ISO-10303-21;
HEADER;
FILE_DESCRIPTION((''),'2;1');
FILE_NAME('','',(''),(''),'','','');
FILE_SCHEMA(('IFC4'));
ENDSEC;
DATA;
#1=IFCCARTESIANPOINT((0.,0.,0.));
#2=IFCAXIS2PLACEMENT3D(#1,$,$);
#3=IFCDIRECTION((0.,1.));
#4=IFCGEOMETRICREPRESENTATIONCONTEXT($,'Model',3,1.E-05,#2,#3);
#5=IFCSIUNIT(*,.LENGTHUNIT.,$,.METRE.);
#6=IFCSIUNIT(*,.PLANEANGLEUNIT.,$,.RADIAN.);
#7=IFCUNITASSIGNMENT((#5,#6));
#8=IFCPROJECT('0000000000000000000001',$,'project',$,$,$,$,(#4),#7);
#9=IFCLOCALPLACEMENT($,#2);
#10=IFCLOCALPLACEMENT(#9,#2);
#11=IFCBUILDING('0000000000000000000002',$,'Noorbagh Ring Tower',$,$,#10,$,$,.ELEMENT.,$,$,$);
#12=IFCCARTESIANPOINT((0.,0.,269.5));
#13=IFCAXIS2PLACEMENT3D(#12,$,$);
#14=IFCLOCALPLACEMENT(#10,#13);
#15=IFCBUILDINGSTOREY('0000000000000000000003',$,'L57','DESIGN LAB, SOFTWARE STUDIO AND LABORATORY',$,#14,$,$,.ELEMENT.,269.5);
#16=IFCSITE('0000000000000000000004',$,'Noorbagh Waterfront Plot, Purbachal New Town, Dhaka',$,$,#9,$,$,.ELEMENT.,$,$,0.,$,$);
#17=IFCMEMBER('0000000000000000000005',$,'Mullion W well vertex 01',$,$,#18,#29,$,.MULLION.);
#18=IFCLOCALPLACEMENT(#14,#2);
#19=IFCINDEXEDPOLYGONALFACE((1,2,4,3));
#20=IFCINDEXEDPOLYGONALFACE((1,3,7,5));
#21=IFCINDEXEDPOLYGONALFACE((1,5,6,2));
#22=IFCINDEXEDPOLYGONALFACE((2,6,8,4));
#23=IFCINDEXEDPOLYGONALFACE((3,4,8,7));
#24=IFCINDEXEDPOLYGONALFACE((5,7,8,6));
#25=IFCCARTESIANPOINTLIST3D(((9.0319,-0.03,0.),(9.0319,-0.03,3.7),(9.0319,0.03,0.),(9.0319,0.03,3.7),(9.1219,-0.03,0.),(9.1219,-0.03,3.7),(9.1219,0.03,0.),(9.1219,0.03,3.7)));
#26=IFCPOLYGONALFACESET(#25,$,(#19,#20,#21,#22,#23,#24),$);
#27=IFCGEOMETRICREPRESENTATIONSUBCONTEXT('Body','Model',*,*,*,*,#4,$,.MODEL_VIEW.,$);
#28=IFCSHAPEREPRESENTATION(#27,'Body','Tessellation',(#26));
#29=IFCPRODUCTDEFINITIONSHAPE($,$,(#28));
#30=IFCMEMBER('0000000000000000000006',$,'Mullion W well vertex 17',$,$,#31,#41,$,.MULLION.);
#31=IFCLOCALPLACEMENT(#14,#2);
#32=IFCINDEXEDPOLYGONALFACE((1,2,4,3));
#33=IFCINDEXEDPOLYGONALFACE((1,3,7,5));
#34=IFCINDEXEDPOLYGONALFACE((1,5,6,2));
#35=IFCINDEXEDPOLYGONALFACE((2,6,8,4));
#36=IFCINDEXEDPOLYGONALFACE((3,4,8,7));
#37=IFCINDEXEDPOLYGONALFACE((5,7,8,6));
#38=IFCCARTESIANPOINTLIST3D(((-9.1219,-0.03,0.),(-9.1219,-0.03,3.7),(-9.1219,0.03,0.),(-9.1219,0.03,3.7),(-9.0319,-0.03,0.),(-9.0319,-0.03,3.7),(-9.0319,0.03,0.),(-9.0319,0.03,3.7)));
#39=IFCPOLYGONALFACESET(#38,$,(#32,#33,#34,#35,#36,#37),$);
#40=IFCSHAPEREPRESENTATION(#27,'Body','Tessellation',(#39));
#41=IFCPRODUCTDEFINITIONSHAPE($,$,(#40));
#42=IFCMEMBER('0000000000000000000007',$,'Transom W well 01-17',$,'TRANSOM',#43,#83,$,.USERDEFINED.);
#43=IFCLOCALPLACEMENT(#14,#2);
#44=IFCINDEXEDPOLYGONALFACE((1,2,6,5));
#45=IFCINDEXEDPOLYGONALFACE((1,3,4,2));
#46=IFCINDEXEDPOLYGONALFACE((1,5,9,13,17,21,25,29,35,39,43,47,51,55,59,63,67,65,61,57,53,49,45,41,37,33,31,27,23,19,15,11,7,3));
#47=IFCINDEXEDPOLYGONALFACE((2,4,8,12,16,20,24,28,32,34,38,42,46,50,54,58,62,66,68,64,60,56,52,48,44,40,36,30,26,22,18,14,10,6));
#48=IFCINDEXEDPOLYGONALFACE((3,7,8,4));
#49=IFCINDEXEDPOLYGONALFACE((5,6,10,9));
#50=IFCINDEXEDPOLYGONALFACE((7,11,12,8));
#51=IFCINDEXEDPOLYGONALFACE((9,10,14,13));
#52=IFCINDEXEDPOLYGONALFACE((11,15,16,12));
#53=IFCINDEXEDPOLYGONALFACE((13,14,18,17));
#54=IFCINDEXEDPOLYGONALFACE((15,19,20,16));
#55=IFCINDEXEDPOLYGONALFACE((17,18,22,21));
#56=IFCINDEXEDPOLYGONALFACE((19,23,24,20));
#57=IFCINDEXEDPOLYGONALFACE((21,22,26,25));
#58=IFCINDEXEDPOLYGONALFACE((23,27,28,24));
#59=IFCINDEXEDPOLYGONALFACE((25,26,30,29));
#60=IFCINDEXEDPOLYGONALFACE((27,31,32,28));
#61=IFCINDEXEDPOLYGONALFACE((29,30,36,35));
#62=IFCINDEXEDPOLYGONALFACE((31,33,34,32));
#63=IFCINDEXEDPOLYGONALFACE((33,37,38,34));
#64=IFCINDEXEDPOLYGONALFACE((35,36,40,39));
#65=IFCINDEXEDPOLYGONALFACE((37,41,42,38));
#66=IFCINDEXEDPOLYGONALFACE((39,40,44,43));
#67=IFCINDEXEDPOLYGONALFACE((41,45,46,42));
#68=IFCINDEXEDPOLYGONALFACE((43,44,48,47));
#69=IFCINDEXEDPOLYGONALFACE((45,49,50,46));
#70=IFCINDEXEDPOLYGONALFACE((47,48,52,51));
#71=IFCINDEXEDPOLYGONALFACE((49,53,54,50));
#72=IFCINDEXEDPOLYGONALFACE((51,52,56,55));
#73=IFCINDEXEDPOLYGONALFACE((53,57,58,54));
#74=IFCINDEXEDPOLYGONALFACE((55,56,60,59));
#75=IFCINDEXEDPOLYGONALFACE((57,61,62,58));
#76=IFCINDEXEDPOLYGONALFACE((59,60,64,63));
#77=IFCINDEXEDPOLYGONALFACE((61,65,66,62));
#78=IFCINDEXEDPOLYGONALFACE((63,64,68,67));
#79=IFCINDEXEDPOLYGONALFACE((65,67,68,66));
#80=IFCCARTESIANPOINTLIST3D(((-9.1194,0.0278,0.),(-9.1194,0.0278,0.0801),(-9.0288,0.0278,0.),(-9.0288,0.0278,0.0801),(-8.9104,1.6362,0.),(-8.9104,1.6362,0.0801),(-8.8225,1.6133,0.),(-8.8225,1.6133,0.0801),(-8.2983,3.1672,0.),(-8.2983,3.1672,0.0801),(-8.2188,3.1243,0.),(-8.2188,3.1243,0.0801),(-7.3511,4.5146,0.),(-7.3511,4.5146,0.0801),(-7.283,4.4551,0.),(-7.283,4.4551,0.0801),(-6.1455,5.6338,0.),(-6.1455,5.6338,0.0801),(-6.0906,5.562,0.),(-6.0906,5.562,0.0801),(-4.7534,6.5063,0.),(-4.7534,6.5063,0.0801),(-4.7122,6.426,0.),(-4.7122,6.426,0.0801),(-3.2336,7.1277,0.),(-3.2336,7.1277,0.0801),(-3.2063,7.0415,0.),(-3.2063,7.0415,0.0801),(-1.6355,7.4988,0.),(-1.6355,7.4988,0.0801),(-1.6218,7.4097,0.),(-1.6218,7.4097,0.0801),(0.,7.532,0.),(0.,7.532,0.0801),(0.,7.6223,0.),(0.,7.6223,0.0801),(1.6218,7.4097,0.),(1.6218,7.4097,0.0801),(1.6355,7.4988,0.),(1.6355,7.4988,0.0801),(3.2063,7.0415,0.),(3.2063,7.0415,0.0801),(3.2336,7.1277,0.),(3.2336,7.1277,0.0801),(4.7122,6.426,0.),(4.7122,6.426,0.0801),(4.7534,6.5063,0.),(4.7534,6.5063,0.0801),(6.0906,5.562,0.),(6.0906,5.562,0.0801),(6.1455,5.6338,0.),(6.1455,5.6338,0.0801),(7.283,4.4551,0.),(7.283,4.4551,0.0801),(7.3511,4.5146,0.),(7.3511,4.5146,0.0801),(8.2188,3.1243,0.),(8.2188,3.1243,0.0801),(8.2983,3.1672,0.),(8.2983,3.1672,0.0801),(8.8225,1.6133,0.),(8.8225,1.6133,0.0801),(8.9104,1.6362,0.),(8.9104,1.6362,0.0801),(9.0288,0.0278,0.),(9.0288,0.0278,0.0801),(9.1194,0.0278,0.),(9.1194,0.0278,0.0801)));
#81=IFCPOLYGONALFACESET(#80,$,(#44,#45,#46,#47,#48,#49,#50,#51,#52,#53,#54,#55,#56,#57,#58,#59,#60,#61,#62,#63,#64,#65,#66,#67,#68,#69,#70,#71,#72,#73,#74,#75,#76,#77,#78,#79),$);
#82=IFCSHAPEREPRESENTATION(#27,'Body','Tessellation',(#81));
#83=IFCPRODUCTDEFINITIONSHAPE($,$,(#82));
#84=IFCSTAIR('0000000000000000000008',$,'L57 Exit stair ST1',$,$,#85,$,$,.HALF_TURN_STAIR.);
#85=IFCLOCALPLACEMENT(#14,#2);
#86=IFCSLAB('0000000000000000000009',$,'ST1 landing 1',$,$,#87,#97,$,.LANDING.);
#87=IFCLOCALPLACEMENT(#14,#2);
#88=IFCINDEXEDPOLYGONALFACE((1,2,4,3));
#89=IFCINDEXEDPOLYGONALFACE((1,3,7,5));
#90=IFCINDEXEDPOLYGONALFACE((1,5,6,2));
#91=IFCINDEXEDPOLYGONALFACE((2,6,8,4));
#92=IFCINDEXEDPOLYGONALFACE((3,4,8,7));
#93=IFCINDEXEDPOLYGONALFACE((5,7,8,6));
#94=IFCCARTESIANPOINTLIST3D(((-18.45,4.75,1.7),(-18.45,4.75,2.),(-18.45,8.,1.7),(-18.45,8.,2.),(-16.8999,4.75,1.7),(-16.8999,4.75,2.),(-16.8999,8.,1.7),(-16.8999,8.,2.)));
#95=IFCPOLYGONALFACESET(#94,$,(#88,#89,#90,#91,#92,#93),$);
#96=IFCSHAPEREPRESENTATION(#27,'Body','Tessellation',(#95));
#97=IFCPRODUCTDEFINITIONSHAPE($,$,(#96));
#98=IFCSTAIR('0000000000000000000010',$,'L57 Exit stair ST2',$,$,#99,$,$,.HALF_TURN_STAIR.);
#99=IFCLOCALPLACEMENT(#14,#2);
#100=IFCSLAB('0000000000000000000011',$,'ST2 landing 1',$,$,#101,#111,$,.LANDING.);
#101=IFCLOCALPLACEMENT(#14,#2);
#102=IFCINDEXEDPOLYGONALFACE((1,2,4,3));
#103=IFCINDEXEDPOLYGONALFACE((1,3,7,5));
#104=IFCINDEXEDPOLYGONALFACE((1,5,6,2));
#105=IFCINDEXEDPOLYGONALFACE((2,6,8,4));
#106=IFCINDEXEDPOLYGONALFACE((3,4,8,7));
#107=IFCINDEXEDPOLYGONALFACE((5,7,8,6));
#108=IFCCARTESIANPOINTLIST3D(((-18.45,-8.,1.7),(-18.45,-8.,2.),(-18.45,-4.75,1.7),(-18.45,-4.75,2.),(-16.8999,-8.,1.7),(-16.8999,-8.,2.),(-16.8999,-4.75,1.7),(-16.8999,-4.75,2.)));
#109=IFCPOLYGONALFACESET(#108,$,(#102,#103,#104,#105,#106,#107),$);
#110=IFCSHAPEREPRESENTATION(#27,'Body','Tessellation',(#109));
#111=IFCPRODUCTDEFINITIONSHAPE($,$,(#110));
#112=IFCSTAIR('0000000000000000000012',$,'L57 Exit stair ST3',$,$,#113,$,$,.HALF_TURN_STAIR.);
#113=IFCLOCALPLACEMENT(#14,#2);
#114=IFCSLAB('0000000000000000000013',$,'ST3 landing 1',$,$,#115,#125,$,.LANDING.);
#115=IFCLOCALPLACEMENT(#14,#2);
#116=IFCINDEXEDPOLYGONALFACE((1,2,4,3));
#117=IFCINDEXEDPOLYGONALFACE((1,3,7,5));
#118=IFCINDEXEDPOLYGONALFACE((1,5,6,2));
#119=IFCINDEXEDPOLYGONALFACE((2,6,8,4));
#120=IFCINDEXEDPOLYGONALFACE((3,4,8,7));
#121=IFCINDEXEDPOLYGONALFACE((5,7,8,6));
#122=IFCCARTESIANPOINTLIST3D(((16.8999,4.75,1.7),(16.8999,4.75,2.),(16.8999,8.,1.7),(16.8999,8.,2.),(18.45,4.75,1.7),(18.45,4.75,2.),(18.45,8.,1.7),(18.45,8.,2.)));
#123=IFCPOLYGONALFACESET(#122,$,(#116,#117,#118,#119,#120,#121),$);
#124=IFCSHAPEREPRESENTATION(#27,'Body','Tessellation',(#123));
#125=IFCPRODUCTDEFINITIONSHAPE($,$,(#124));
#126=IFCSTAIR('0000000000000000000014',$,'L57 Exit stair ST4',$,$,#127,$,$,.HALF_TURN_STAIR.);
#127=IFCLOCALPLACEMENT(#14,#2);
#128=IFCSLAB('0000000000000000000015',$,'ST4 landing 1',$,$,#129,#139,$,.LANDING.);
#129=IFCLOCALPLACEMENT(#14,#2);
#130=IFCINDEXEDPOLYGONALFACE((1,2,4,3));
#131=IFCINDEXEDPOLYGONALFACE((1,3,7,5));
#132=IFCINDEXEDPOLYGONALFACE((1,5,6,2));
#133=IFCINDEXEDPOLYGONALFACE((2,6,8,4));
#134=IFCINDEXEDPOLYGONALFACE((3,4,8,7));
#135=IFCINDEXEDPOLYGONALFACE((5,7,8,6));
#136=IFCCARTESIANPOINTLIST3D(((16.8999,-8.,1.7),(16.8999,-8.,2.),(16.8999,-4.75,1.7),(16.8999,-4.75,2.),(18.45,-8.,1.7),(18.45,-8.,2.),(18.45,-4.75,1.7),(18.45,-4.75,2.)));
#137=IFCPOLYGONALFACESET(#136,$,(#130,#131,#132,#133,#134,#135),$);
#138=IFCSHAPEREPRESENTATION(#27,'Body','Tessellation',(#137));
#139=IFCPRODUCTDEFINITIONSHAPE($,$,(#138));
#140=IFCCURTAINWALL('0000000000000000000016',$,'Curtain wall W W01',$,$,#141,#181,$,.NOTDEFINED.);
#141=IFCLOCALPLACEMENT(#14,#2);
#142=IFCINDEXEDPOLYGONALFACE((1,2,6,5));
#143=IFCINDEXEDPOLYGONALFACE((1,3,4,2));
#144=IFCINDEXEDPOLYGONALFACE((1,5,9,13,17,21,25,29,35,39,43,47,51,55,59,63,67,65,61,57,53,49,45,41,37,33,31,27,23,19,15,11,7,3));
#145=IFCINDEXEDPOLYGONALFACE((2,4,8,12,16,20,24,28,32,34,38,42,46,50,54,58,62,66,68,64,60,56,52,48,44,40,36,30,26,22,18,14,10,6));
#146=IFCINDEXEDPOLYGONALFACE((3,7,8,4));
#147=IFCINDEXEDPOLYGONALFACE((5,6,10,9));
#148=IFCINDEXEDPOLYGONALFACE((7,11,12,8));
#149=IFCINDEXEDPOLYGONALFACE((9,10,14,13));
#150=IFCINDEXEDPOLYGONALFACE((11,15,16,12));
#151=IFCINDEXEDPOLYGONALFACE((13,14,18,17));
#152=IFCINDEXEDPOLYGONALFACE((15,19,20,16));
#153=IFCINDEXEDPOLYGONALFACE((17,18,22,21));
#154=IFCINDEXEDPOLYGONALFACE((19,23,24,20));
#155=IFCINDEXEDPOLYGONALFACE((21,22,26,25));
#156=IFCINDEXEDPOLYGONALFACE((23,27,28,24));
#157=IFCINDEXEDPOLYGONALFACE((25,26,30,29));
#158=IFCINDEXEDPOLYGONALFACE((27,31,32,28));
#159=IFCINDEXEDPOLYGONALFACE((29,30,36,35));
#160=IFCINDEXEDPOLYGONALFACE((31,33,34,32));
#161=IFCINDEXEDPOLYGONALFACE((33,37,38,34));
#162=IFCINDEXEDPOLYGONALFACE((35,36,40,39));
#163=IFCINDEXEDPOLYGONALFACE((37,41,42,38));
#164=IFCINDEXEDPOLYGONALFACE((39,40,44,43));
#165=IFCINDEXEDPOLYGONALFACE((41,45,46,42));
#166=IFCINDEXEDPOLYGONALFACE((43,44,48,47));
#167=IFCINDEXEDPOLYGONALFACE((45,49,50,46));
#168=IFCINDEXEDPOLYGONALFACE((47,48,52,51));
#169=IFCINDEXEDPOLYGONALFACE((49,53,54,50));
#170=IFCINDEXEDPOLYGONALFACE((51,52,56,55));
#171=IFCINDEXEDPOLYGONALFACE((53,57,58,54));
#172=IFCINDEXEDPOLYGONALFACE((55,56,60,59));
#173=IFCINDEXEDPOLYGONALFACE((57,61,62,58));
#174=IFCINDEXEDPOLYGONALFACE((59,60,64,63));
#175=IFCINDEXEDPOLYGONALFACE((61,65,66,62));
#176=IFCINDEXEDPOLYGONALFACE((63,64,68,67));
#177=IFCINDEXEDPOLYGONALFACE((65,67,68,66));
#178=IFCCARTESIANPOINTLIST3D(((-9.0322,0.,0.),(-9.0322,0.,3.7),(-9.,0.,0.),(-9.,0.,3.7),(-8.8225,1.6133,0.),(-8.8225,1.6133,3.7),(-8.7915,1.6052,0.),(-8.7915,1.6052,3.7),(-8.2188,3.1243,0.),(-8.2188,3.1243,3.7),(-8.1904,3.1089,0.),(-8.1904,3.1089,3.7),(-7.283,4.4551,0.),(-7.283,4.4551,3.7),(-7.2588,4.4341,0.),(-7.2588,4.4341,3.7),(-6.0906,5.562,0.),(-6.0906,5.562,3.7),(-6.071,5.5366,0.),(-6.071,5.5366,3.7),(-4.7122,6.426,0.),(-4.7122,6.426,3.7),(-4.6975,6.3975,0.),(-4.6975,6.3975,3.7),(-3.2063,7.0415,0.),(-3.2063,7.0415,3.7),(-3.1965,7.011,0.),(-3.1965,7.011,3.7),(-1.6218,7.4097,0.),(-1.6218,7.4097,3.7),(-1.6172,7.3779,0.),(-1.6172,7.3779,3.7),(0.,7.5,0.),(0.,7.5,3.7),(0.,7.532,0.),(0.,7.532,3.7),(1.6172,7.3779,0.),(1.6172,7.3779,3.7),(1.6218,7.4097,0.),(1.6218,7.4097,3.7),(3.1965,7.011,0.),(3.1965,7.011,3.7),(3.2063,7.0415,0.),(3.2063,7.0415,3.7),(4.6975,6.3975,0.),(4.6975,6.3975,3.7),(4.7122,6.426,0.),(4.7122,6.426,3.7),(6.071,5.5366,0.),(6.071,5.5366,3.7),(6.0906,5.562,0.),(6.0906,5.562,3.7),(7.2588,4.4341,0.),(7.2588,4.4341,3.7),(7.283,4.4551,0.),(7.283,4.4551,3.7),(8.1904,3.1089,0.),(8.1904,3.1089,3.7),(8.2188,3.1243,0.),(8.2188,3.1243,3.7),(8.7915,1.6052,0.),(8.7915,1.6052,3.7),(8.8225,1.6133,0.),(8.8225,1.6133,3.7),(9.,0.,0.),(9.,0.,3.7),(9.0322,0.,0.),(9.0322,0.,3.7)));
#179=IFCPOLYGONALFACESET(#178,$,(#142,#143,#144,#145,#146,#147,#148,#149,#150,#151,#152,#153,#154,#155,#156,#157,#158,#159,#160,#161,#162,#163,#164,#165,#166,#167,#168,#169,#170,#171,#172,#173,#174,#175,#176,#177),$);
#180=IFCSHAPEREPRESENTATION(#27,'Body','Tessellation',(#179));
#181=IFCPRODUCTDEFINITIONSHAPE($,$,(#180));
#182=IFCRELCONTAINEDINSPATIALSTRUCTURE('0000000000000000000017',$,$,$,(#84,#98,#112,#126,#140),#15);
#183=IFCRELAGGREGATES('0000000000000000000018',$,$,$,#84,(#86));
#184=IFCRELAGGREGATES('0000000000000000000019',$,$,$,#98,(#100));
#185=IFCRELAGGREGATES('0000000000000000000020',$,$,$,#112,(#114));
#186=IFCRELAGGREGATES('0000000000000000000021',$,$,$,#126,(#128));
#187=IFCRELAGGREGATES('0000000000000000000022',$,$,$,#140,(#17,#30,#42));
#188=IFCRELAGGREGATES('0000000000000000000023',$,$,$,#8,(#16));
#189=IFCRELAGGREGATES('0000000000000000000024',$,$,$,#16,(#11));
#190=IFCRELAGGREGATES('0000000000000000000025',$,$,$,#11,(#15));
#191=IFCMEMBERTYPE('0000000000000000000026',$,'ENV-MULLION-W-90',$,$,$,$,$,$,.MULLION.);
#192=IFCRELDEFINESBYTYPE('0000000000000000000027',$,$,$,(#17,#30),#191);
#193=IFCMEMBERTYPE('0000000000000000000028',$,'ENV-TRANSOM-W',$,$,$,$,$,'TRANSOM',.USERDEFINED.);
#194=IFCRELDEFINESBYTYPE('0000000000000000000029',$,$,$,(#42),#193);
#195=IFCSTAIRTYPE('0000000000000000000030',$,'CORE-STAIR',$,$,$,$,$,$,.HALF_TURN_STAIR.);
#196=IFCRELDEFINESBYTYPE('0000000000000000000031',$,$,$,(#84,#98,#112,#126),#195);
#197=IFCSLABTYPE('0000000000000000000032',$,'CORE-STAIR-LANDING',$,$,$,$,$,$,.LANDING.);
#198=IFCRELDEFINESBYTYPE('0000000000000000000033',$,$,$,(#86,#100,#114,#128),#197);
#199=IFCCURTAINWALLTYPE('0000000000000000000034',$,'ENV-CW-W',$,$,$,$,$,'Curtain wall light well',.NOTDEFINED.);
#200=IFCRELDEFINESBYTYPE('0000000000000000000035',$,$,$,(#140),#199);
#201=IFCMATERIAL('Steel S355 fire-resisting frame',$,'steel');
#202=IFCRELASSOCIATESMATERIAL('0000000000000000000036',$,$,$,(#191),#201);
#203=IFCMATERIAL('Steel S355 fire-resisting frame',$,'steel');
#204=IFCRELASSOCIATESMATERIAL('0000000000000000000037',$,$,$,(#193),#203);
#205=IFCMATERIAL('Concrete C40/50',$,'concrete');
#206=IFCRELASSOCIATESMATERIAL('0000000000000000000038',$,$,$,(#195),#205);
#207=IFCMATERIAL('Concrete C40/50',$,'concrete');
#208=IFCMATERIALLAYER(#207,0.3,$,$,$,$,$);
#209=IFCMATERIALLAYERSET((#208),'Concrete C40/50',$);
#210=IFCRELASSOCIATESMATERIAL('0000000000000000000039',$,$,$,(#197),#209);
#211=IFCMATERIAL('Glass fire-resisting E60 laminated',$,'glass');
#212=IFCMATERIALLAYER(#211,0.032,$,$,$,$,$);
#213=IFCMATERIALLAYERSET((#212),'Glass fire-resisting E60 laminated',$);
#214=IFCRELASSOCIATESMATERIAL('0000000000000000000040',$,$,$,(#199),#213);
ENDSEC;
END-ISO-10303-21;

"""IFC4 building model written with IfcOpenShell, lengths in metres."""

from ifc_helpers import new_model, si_unit, direction, frame, origin, origin_2d, place, context, subcontext, project, spatial, polyline, rectangle, outline, extrude, material, layer, layer_set, material_profile, profile_set, type_object, element, aggregate, save


model = new_model("IFC4")

# Units and contexts
model_context = context("Model", 3, precision=1e-05, world=origin(), true_north=direction((0.0, 1.0)))
body_context = subcontext(model_context, "Body", "Model", "MODEL_VIEW")
ifc_project = project(units=[si_unit("LENGTHUNIT", "METRE"), si_unit("PLANEANGLEUNIT", "RADIAN")], contexts=[model_context])

# Members
ifc_material_1 = material(Name="Steel S355 fire-resisting frame", Category="steel")
ifc_material_profile = material_profile(ifc_material_1, rectangle(XDim=0.0901, YDim=0.0601, at=origin_2d()), Name="90x60")
ifc_profile_set = profile_set([ifc_material_profile], Name="Steel S355 fire-resisting frame")
member_type_1 = type_object("IfcMemberType", Name="ENV-MULLION-W-90", PredefinedType="MULLION", material=ifc_profile_set)
site_placement = place(None, origin())
building_placement = place(site_placement, origin())
storey_placement = place(building_placement, frame((0.0, 0.0, 269.5)))
member_1_placement = place(storey_placement, frame((9.0769, 0.0, 0.0), z_axis=(0.0, 0.0, 1.0), x_axis=(1.0, 0.0, 0.0)))
member_1 = element("IfcMember", 1, at=member_1_placement, type_object=member_type_1, Name="Mullion W well vertex 01", PredefinedType="MULLION", context=body_context, shape_type="SweptSolid", body=[
    extrude(rectangle(XDim=0.0901, YDim=0.0601, at=origin_2d()), origin(), (0.0, 0.0, 1.0), 3.7),
])
member_2_placement = place(storey_placement, frame((-9.0769, 0.0, 0.0), z_axis=(0.0, 0.0, 1.0), x_axis=(-1.0, 0.0, 0.0)))
member_2 = element("IfcMember", 2, at=member_2_placement, type_object=member_type_1, Name="Mullion W well vertex 17", PredefinedType="MULLION", context=body_context, shape_type="SweptSolid", body=[
    extrude(rectangle(XDim=0.0901, YDim=0.0601, at=origin_2d()), origin(), (0.0, 0.0, 1.0), 3.7),
])
ifc_material_2 = material(Name="Steel S355 fire-resisting frame", Category="steel")
member_type_2 = type_object("IfcMemberType", Name="ENV-TRANSOM-W", ElementType="TRANSOM", PredefinedType="USERDEFINED", material=ifc_material_2)
member_3_placement = place(storey_placement, origin())
member_3 = element("IfcMember", 3, at=member_3_placement, type_object=member_type_2, Name="Transom W well 01-17", ObjectType="TRANSOM", PredefinedType="USERDEFINED", context=body_context, shape_type="SweptSolid", body=[
    extrude(outline(polyline([(9.1194, 0.0278), (8.9104, 1.6362), (8.2983, 3.1672), (7.3511, 4.5146), (6.1455, 5.6338), (4.7534, 6.5063), (3.2336, 7.1277), (1.6355, 7.4988), (0.0, 7.6223), (-1.6355, 7.4988), (-3.2336, 7.1277), (-4.7534, 6.5063), (-6.1455, 5.6338), (-7.3511, 4.5146), (-8.2983, 3.1672), (-8.9104, 1.6362), (-9.1194, 0.0278), (-9.0288, 0.0278), (-8.8225, 1.6133), (-8.2188, 3.1243), (-7.283, 4.4551), (-6.0906, 5.562), (-4.7122, 6.426), (-3.2063, 7.0415), (-1.6218, 7.4097), (0.0, 7.532), (1.6218, 7.4097), (3.2063, 7.0415), (4.7122, 6.426), (6.0906, 5.562), (7.283, 4.4551), (8.2188, 3.1243), (8.8225, 1.6133), (9.0288, 0.0278), (9.1194, 0.0278)])), origin(), (0.0, 0.0, 1.0), 0.0801),
])

# Site, building, storey
site = spatial("IfcSite", under=ifc_project, at=site_placement, Name="Noorbagh Waterfront Plot, Purbachal New Town, Dhaka", CompositionType="ELEMENT", RefElevation=0.0)
building = spatial("IfcBuilding", under=site, at=building_placement, Name="Noorbagh Ring Tower", CompositionType="ELEMENT")
storey = spatial("IfcBuildingStorey", under=building, at=storey_placement, Name="L57", Description="DESIGN LAB, SOFTWARE STUDIO AND LABORATORY", CompositionType="ELEMENT", Elevation=269.5)

# Stairs, slabs
ifc_material_3 = material(Name="Concrete C40/50", Category="concrete")
stair_type = type_object("IfcStairType", Name="CORE-STAIR", PredefinedType="HALF_TURN_STAIR", material=ifc_material_3)
stair_1_placement = place(storey_placement, origin())
stair_1 = element("IfcStair", 4, at=stair_1_placement, inside=storey, type_object=stair_type, Name="L57 Exit stair ST1", PredefinedType="HALF_TURN_STAIR")
ifc_material_4 = material(Name="Concrete C40/50", Category="concrete")
ifc_layer_1 = layer(ifc_material_4, 0.3)
ifc_layer_set_1 = layer_set([ifc_layer_1], Name="Concrete C40/50")
slab_type = type_object("IfcSlabType", Name="CORE-STAIR-LANDING", PredefinedType="LANDING", material=ifc_layer_set_1)
slab_1_placement = place(storey_placement, frame((0.0, 0.0, 1.7)))
slab_1 = element("IfcSlab", 5, at=slab_1_placement, type_object=slab_type, Name="ST1 landing 1", PredefinedType="LANDING", context=body_context, shape_type="SweptSolid", body=[
    extrude(outline(polyline([(-18.45, 4.75), (-16.8999, 4.75), (-16.8999, 8.0), (-18.45, 8.0), (-18.45, 4.75)])), origin(), (0.0, 0.0, 1.0), 0.3),
])
aggregate(stair_1, [slab_1])
stair_2_placement = place(storey_placement, origin())
stair_2 = element("IfcStair", 6, at=stair_2_placement, inside=storey, type_object=stair_type, Name="L57 Exit stair ST2", PredefinedType="HALF_TURN_STAIR")
slab_2_placement = place(storey_placement, frame((0.0, 0.0, 1.7)))
slab_2 = element("IfcSlab", 7, at=slab_2_placement, type_object=slab_type, Name="ST2 landing 1", PredefinedType="LANDING", context=body_context, shape_type="SweptSolid", body=[
    extrude(outline(polyline([(-18.45, -8.0), (-16.8999, -8.0), (-16.8999, -4.75), (-18.45, -4.75), (-18.45, -8.0)])), origin(), (0.0, 0.0, 1.0), 0.3),
])
aggregate(stair_2, [slab_2])
stair_3_placement = place(storey_placement, origin())
stair_3 = element("IfcStair", 8, at=stair_3_placement, inside=storey, type_object=stair_type, Name="L57 Exit stair ST3", PredefinedType="HALF_TURN_STAIR")
slab_3_placement = place(storey_placement, frame((0.0, 0.0, 1.7)))
slab_3 = element("IfcSlab", 9, at=slab_3_placement, type_object=slab_type, Name="ST3 landing 1", PredefinedType="LANDING", context=body_context, shape_type="SweptSolid", body=[
    extrude(outline(polyline([(18.45, 8.0), (16.8999, 8.0), (16.8999, 4.75), (18.45, 4.75), (18.45, 8.0)])), origin(), (0.0, 0.0, 1.0), 0.3),
])
aggregate(stair_3, [slab_3])
stair_4_placement = place(storey_placement, origin())
stair_4 = element("IfcStair", 10, at=stair_4_placement, inside=storey, type_object=stair_type, Name="L57 Exit stair ST4", PredefinedType="HALF_TURN_STAIR")
slab_4_placement = place(storey_placement, frame((0.0, 0.0, 1.7)))
slab_4 = element("IfcSlab", 11, at=slab_4_placement, type_object=slab_type, Name="ST4 landing 1", PredefinedType="LANDING", context=body_context, shape_type="SweptSolid", body=[
    extrude(outline(polyline([(18.45, -4.75), (16.8999, -4.75), (16.8999, -8.0), (18.45, -8.0), (18.45, -4.75)])), origin(), (0.0, 0.0, 1.0), 0.3),
])
aggregate(stair_4, [slab_4])

# Curtain wall
ifc_material_5 = material(Name="Glass fire-resisting E60 laminated", Category="glass")
ifc_layer_2 = layer(ifc_material_5, 0.032)
ifc_layer_set_2 = layer_set([ifc_layer_2], Name="Glass fire-resisting E60 laminated")
curtain_wall_type = type_object("IfcCurtainWallType", Name="ENV-CW-W", ElementType="Curtain wall light well", PredefinedType="NOTDEFINED", material=ifc_layer_set_2)
curtain_wall_placement = place(storey_placement, origin())
curtain_wall = element("IfcCurtainWall", 12, at=curtain_wall_placement, inside=storey, type_object=curtain_wall_type, Name="Curtain wall W W01", PredefinedType="NOTDEFINED", context=body_context, shape_type="SweptSolid", body=[
    extrude(outline(polyline([(9.0322, 0.0), (8.8225, 1.6133), (8.2188, 3.1243), (7.283, 4.4551), (6.0906, 5.562), (4.7122, 6.426), (3.2063, 7.0415), (1.6218, 7.4097), (0.0, 7.532), (-1.6218, 7.4097), (-3.2063, 7.0415), (-4.7122, 6.426), (-6.0906, 5.562), (-7.283, 4.4551), (-8.2188, 3.1243), (-8.8225, 1.6133), (-9.0322, 0.0), (-9.0, 0.0), (-8.7915, 1.6052), (-8.1904, 3.1089), (-7.2588, 4.4341), (-6.071, 5.5366), (-4.6975, 6.3975), (-3.1965, 7.011), (-1.6172, 7.3779), (0.0, 7.5), (1.6172, 7.3779), (3.1965, 7.011), (4.6975, 6.3975), (6.071, 5.5366), (7.2588, 4.4341), (8.1904, 3.1089), (8.7915, 1.6052), (9.0, 0.0), (9.0322, 0.0)])), origin(), (0.0, 0.0, 1.0), 3.7),
])
aggregate(curtain_wall, [member_1, member_2, member_3])

save(model, "model.ifc")
